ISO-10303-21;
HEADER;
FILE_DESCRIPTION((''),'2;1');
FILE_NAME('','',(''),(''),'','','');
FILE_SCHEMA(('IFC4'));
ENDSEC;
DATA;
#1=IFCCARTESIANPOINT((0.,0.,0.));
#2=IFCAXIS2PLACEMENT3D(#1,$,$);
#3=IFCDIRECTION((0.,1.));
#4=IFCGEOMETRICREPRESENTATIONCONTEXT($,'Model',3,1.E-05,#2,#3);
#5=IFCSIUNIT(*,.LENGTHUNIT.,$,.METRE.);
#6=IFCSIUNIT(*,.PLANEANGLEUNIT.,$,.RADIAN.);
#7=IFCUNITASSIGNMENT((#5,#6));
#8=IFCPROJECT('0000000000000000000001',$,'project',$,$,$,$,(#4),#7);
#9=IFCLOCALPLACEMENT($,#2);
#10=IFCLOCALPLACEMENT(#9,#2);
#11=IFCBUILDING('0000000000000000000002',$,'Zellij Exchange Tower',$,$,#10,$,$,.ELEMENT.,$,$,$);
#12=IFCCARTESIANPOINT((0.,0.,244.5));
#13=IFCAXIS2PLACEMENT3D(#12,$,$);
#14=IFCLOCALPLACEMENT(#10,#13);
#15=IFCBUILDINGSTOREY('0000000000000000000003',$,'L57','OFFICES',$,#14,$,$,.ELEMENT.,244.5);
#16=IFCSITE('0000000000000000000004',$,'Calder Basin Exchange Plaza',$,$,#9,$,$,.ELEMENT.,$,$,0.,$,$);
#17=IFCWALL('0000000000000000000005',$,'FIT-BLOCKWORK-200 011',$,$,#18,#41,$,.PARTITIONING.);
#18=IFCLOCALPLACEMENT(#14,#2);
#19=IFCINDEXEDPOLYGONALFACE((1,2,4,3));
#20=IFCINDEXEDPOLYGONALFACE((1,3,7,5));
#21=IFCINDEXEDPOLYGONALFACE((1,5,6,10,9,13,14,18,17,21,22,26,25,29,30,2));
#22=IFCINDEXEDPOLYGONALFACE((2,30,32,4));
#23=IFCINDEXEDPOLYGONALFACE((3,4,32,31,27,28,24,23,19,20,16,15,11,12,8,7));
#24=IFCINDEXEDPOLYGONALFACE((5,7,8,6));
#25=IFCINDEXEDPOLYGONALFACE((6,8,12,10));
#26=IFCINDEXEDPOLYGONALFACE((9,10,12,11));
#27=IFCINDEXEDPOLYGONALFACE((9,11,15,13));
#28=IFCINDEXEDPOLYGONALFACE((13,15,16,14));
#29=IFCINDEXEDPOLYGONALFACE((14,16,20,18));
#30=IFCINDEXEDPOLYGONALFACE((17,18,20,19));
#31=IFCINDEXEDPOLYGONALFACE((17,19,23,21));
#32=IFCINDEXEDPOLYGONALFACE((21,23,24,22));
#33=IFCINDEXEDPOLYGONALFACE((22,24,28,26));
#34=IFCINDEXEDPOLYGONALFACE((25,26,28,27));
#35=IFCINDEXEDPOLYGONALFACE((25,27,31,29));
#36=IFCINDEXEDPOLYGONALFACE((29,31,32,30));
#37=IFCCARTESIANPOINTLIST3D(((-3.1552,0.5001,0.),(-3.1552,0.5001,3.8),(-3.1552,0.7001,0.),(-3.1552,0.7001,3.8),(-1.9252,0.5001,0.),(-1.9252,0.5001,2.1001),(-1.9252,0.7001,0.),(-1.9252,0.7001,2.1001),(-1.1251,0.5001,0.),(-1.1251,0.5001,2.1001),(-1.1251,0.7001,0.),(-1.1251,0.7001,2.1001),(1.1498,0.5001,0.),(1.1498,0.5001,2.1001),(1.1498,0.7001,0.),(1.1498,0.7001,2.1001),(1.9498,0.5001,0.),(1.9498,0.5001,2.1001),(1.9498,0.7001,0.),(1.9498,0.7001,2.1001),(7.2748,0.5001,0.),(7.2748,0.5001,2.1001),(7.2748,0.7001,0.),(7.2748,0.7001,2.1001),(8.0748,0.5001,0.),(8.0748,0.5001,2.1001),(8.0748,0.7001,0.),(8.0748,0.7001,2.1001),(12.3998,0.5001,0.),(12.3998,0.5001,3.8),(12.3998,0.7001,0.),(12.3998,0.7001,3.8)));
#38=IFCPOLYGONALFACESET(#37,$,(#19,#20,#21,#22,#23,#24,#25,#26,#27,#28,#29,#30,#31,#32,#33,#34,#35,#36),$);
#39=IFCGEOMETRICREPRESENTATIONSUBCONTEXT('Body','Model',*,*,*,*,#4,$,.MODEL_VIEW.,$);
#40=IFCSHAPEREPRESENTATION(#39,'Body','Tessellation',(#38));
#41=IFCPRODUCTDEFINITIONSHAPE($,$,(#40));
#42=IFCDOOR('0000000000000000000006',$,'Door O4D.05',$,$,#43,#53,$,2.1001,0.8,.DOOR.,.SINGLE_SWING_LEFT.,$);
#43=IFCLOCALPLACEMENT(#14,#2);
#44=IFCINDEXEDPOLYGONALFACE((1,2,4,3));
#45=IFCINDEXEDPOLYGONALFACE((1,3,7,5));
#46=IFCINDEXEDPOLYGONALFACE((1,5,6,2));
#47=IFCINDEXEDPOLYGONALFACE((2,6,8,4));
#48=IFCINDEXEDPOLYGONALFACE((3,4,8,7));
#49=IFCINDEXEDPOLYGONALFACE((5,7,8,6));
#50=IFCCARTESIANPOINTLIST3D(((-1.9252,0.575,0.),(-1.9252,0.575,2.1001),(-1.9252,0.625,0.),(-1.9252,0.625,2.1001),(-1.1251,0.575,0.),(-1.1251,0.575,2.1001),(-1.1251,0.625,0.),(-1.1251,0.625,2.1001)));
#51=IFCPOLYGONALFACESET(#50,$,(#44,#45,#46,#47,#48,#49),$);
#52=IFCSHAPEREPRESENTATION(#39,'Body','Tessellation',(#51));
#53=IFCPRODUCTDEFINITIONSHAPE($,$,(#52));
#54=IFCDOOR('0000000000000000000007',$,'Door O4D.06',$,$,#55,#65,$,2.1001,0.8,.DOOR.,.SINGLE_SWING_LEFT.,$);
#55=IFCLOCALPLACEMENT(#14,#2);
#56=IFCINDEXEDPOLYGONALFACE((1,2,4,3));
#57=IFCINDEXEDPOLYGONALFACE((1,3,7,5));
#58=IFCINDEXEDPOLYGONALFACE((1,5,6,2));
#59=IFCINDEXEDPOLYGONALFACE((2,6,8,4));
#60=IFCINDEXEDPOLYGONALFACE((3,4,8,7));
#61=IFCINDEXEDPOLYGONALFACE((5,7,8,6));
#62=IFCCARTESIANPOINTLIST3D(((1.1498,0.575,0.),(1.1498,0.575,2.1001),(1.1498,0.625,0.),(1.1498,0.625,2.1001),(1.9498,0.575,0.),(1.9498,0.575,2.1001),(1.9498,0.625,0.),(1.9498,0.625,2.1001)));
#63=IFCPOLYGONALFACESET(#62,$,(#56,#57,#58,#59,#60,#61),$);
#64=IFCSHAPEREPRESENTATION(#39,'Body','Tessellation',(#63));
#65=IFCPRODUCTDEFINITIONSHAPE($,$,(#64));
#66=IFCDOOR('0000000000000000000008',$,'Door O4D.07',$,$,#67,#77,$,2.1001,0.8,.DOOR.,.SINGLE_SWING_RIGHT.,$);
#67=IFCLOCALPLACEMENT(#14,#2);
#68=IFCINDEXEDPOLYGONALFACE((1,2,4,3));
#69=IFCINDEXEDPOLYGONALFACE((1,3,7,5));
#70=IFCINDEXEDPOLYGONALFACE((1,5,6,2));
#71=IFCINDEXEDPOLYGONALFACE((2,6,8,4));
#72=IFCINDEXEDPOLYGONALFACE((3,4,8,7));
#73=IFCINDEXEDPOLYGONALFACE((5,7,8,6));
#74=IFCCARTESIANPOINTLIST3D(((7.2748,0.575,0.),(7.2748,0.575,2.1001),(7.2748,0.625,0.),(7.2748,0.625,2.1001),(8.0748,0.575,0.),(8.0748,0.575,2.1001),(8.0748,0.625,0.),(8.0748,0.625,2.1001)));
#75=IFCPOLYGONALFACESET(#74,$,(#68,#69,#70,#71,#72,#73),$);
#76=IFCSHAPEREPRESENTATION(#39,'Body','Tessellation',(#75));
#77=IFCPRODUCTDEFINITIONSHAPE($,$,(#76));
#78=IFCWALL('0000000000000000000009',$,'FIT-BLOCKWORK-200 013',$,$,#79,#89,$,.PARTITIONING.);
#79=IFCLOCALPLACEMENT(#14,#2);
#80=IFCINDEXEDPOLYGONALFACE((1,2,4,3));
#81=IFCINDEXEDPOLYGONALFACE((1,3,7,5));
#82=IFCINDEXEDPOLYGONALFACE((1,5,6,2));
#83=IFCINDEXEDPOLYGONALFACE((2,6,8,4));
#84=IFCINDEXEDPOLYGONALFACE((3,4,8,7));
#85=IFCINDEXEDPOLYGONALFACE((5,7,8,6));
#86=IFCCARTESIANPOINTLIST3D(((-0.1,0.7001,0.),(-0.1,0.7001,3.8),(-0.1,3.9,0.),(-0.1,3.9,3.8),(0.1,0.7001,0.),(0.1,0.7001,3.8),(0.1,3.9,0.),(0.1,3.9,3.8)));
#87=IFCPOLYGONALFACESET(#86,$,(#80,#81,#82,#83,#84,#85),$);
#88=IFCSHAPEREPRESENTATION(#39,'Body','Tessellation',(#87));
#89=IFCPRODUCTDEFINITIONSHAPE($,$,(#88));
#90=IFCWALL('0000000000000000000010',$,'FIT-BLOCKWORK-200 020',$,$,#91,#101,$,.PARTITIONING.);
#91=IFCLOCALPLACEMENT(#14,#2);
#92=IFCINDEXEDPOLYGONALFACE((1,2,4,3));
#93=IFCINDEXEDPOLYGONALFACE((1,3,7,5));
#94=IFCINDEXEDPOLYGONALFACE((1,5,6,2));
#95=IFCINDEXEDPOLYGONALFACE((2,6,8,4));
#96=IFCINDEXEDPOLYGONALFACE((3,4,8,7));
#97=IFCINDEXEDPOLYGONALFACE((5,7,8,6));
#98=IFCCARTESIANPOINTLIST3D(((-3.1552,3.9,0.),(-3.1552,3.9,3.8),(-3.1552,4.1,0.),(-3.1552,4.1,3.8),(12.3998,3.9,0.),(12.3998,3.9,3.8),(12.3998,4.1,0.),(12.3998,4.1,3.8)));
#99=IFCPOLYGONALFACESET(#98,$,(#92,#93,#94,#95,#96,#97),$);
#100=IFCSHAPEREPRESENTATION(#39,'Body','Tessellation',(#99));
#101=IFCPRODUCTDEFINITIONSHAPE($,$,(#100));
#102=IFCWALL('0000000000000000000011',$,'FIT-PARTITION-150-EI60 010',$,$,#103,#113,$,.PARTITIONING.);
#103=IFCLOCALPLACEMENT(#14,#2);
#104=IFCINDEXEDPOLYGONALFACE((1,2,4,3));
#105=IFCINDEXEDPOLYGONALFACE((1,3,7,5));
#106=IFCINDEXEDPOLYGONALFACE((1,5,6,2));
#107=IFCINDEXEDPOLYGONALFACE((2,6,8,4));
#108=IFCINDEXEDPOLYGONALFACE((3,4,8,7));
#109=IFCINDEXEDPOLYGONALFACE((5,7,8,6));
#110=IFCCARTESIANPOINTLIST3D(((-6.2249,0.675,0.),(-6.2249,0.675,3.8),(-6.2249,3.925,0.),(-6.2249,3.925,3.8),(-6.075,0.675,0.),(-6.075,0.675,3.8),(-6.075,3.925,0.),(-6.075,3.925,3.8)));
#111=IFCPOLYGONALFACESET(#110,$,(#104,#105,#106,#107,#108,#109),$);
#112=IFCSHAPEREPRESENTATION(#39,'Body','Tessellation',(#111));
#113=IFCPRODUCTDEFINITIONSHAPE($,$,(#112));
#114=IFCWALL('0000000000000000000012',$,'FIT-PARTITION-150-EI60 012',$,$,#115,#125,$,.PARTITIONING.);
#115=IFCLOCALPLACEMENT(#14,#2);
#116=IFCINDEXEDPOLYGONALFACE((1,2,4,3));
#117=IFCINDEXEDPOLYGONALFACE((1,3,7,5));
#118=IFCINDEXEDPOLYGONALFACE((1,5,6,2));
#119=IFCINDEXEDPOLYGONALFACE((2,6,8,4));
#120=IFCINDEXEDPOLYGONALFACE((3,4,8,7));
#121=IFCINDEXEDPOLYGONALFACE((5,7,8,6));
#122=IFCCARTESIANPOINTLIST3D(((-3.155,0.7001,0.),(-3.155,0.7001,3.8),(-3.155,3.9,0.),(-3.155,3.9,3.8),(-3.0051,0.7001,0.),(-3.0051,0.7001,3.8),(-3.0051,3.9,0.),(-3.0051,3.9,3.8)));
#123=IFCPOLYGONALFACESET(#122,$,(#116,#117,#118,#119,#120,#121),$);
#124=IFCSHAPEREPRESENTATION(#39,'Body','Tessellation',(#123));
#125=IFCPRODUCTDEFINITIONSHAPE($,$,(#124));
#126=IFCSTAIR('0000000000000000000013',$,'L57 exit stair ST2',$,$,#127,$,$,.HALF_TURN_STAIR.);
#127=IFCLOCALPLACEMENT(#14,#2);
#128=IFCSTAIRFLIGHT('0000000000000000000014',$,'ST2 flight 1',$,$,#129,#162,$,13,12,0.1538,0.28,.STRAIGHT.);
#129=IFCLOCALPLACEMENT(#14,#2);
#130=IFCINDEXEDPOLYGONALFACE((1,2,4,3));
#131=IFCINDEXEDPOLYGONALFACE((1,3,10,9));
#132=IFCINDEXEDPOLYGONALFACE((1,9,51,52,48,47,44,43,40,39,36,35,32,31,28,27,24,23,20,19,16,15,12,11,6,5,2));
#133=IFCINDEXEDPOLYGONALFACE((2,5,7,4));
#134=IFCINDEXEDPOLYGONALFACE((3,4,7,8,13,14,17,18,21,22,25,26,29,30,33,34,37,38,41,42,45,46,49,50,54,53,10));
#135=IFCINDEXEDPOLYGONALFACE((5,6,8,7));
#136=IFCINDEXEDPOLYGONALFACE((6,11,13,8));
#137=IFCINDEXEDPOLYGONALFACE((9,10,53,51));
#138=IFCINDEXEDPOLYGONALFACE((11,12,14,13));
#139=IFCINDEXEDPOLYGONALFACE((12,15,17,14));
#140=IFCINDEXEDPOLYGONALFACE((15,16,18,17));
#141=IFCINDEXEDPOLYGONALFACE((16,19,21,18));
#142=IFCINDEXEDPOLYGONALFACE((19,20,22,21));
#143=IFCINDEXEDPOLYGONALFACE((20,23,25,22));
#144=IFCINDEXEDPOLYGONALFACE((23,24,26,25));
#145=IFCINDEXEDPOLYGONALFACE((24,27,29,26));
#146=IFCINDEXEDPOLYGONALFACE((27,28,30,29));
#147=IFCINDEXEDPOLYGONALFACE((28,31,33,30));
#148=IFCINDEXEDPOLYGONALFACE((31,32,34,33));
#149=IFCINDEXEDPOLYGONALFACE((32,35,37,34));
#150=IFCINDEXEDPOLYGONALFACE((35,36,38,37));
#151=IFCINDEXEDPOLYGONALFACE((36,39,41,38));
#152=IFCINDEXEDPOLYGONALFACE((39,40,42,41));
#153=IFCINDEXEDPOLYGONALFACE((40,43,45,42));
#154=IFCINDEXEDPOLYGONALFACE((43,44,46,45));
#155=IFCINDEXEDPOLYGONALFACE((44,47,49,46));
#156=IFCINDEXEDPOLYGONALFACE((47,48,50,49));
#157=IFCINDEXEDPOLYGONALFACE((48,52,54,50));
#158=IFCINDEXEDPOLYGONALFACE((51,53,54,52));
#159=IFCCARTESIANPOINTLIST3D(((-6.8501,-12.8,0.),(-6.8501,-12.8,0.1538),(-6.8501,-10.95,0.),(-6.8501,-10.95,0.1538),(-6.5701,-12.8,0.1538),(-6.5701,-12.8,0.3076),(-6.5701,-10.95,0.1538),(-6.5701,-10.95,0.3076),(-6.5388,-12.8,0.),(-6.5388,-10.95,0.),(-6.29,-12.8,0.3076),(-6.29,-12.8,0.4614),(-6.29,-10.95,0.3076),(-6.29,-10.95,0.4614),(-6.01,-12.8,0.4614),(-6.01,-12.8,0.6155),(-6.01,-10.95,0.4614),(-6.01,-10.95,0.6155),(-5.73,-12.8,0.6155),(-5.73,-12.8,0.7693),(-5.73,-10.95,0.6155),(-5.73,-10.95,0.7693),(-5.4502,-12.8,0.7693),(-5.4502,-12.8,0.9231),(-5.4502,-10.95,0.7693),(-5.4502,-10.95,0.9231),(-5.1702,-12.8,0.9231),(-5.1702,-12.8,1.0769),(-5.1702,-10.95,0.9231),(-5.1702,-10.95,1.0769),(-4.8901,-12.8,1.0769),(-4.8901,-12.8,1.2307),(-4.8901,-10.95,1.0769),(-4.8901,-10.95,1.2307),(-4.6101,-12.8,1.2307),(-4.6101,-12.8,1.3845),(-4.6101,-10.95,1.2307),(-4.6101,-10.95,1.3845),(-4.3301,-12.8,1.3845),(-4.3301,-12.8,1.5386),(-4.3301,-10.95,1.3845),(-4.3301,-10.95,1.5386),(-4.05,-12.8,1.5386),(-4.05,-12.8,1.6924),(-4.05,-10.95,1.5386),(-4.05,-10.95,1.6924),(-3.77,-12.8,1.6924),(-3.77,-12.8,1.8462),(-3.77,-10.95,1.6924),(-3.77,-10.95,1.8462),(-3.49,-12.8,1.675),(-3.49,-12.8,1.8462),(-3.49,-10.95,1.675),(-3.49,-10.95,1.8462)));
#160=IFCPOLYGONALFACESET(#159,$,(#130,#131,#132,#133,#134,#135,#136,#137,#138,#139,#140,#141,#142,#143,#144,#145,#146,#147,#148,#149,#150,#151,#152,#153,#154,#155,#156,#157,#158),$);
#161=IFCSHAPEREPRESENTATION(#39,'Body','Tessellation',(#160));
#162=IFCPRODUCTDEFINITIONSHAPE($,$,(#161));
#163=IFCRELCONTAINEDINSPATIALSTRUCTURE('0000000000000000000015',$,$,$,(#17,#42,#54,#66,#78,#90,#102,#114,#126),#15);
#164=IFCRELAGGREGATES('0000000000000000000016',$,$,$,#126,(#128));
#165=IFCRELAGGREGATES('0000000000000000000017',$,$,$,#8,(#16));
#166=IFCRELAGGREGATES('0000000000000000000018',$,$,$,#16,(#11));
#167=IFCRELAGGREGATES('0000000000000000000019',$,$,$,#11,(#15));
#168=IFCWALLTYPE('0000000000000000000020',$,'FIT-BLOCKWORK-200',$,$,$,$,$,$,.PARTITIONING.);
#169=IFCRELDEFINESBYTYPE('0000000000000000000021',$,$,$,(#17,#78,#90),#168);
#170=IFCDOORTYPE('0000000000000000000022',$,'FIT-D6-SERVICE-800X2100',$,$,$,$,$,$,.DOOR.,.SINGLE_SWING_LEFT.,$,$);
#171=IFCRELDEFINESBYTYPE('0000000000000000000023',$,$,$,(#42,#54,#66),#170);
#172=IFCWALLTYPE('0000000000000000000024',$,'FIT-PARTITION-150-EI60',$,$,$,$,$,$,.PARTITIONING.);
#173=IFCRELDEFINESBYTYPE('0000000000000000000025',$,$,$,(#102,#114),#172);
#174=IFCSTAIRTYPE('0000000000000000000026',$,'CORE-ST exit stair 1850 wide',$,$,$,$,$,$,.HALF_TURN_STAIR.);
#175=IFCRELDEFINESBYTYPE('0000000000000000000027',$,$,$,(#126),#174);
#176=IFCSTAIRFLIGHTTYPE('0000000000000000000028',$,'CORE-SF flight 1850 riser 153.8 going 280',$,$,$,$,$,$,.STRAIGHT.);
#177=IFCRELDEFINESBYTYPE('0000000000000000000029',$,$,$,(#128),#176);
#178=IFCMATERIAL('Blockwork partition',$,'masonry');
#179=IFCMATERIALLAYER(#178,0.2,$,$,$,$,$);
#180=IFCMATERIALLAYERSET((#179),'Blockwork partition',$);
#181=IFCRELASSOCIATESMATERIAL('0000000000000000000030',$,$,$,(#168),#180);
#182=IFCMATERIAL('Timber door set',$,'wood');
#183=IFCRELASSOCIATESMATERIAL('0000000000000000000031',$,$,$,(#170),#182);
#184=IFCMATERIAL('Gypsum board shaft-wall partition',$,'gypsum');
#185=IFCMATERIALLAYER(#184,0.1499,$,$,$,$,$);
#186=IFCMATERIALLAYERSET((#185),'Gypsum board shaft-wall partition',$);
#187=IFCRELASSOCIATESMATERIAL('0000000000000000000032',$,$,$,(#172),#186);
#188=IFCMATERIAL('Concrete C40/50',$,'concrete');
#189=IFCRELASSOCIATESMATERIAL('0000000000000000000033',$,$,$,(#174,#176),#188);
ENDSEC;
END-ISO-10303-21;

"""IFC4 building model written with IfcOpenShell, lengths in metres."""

from ifc_helpers import new_model, si_unit, direction, frame, frame_2d, origin, place, context, subcontext, project, spatial, polyline, rectangle, outline, extrude, material, layer, layer_set, type_object, element, fill, aggregate, save


model = new_model("IFC4")

# Units and contexts
model_context = context("Model", 3, precision=1e-05, world=origin(), true_north=direction((0.0, 1.0)))
body_context = subcontext(model_context, "Body", "Model", "MODEL_VIEW")
ifc_project = project(units=[si_unit("LENGTHUNIT", "METRE"), si_unit("PLANEANGLEUNIT", "RADIAN")], contexts=[model_context])

# Site, building, storey
site_placement = place(None, origin())
site = spatial("IfcSite", under=ifc_project, at=site_placement, Name="Calder Basin Exchange Plaza", CompositionType="ELEMENT", RefElevation=0.0)
building_placement = place(site_placement, origin())
building = spatial("IfcBuilding", under=site, at=building_placement, Name="Zellij Exchange Tower", CompositionType="ELEMENT")
storey_placement = place(building_placement, frame((0.0, 0.0, 244.5)))
storey = spatial("IfcBuildingStorey", under=building, at=storey_placement, Name="L57", Description="OFFICES", CompositionType="ELEMENT", Elevation=244.5)

# Shared definitions
ifc_material_1 = material(Name="Concrete C40/50", Category="concrete")

# Wall, openings, doors
ifc_material_2 = material(Name="Blockwork partition", Category="masonry")
ifc_layer_1 = layer(ifc_material_2, 0.2)
ifc_layer_set_1 = layer_set([ifc_layer_1], Name="Blockwork partition")
wall_type_1 = type_object("IfcWallType", Name="FIT-BLOCKWORK-200", PredefinedType="PARTITIONING", material=ifc_layer_set_1)
wall_1_placement = place(storey_placement, frame((-3.155, 0.6001, 0.0), z_axis=(0.0, 0.0, 1.0), x_axis=(1.0, 0.0, 0.0)))
wall_1 = element("IfcWall", 1, at=wall_1_placement, inside=storey, type_object=wall_type_1, Name="FIT-BLOCKWORK-200 011", PredefinedType="PARTITIONING", context=body_context, shape_type="SweptSolid", body=[
    extrude(rectangle(XDim=15.5549, YDim=0.2, at=frame_2d((7.7773, 0.0))), origin(), (0.0, 0.0, 1.0), 3.8),
])
opening_1_placement = place(wall_1_placement, frame((1.23, 0.0, 0.0)))
opening_1 = element("IfcOpeningElement", 2, at=opening_1_placement, cuts=wall_1, PredefinedType="OPENING", context=body_context, shape_type="SweptSolid", body=[
    extrude(rectangle(XDim=0.8, YDim=2.1001, at=frame_2d((0.3999, 1.05))), frame((0.0, 0.1118, 0.0), z_axis=(0.0, -1.0, 0.0), x_axis=(1.0, 0.0, 0.0)), (0.0, 0.0, 1.0), 0.2239),
])
opening_2_placement = place(wall_1_placement, frame((4.3049, 0.0, 0.0)))
opening_2 = element("IfcOpeningElement", 3, at=opening_2_placement, cuts=wall_1, PredefinedType="OPENING", context=body_context, shape_type="SweptSolid", body=[
    extrude(rectangle(XDim=0.8, YDim=2.1001, at=frame_2d((0.3999, 1.05))), frame((0.0, 0.1118, 0.0), z_axis=(0.0, -1.0, 0.0), x_axis=(1.0, 0.0, 0.0)), (0.0, 0.0, 1.0), 0.2239),
])
opening_3_placement = place(wall_1_placement, frame((10.4299, 0.0, 0.0)))
opening_3 = element("IfcOpeningElement", 4, at=opening_3_placement, cuts=wall_1, PredefinedType="OPENING", context=body_context, shape_type="SweptSolid", body=[
    extrude(rectangle(XDim=0.8, YDim=2.1001, at=frame_2d((0.3999, 1.05))), frame((0.0, 0.1118, 0.0), z_axis=(0.0, -1.0, 0.0), x_axis=(1.0, 0.0, 0.0)), (0.0, 0.0, 1.0), 0.2239),
])
ifc_material_3 = material(Name="Timber door set", Category="wood")
door_type_1 = type_object("IfcDoorType", Name="FIT-D6-SERVICE-800X2100", OperationType="SINGLE_SWING_LEFT", PredefinedType="DOOR", material=ifc_material_3)
door_1_placement = place(opening_1_placement, origin())
door_1 = element("IfcDoor", 5, at=door_1_placement, inside=storey, type_object=door_type_1, Name="Door O4D.05", OperationType="SINGLE_SWING_LEFT", OverallHeight=2.1001, OverallWidth=0.8, PredefinedType="DOOR", context=body_context, shape_type="SweptSolid", body=[
    extrude(rectangle(XDim=0.8, YDim=2.1001, at=frame_2d((0.3999, 1.05))), frame((0.0, 0.0249, 0.0), z_axis=(0.0, -1.0, 0.0), x_axis=(1.0, 0.0, 0.0)), (0.0, 0.0, 1.0), 0.05),
])
fill(opening_1, door_1)
door_2_placement = place(opening_2_placement, origin())
door_2 = element("IfcDoor", 6, at=door_2_placement, inside=storey, type_object=door_type_1, Name="Door O4D.06", OperationType="SINGLE_SWING_LEFT", OverallHeight=2.1001, OverallWidth=0.8, PredefinedType="DOOR", context=body_context, shape_type="SweptSolid", body=[
    extrude(rectangle(XDim=0.8, YDim=2.1001, at=frame_2d((0.3999, 1.05))), frame((0.0, 0.0249, 0.0), z_axis=(0.0, -1.0, 0.0), x_axis=(1.0, 0.0, 0.0)), (0.0, 0.0, 1.0), 0.05),
])
fill(opening_2, door_2)
door_3_placement = place(opening_3_placement, origin())
door_3 = element("IfcDoor", 7, at=door_3_placement, inside=storey, type_object=door_type_1, Name="Door O4D.07", OperationType="SINGLE_SWING_RIGHT", OverallHeight=2.1001, OverallWidth=0.8, PredefinedType="DOOR", context=body_context, shape_type="SweptSolid", body=[
    extrude(rectangle(XDim=0.8, YDim=2.1001, at=frame_2d((0.3999, 1.05))), frame((0.0, 0.0249, 0.0), z_axis=(0.0, -1.0, 0.0), x_axis=(1.0, 0.0, 0.0)), (0.0, 0.0, 1.0), 0.05),
])
fill(opening_3, door_3)

# Walls
wall_2_placement = place(storey_placement, frame((0.0, 0.7, 0.0), z_axis=(0.0, 0.0, 1.0), x_axis=(0.0, 1.0, 0.0)))
element("IfcWall", 8, at=wall_2_placement, inside=storey, type_object=wall_type_1, Name="FIT-BLOCKWORK-200 013", PredefinedType="PARTITIONING", context=body_context, shape_type="SweptSolid", body=[
    extrude(rectangle(XDim=3.2, YDim=0.2, at=frame_2d((1.6001, 0.0))), origin(), (0.0, 0.0, 1.0), 3.8),
])
wall_3_placement = place(storey_placement, frame((-3.155, 4.0, 0.0), z_axis=(0.0, 0.0, 1.0), x_axis=(1.0, 0.0, 0.0)))
element("IfcWall", 9, at=wall_3_placement, inside=storey, type_object=wall_type_1, Name="FIT-BLOCKWORK-200 020", PredefinedType="PARTITIONING", context=body_context, shape_type="SweptSolid", body=[
    extrude(rectangle(XDim=15.5549, YDim=0.2, at=frame_2d((7.7773, 0.0))), origin(), (0.0, 0.0, 1.0), 3.8),
])
ifc_material_4 = material(Name="Gypsum board shaft-wall partition", Category="gypsum")
ifc_layer_2 = layer(ifc_material_4, 0.1499)
ifc_layer_set_2 = layer_set([ifc_layer_2], Name="Gypsum board shaft-wall partition")
wall_type_2 = type_object("IfcWallType", Name="FIT-PARTITION-150-EI60", PredefinedType="PARTITIONING", material=ifc_layer_set_2)
wall_4_placement = place(storey_placement, frame((-6.1499, 0.675, 0.0), z_axis=(0.0, 0.0, 1.0), x_axis=(0.0, 1.0, 0.0)))
element("IfcWall", 10, at=wall_4_placement, inside=storey, type_object=wall_type_2, Name="FIT-PARTITION-150-EI60 010", PredefinedType="PARTITIONING", context=body_context, shape_type="SweptSolid", body=[
    extrude(rectangle(XDim=3.25, YDim=0.1499, at=frame_2d((1.625, 0.0))), origin(), (0.0, 0.0, 1.0), 3.8),
])
wall_5_placement = place(storey_placement, frame((-3.0801, 0.7, 0.0), z_axis=(0.0, 0.0, 1.0), x_axis=(0.0, 1.0, 0.0)))
element("IfcWall", 11, at=wall_5_placement, inside=storey, type_object=wall_type_2, Name="FIT-PARTITION-150-EI60 012", PredefinedType="PARTITIONING", context=body_context, shape_type="SweptSolid", body=[
    extrude(rectangle(XDim=3.2, YDim=0.1499, at=frame_2d((1.6001, 0.0))), origin(), (0.0, 0.0, 1.0), 3.8),
])

# Stair, stair flight
stair_type = type_object("IfcStairType", Name="CORE-ST exit stair 1850 wide", PredefinedType="HALF_TURN_STAIR", material=ifc_material_1)
stair_placement = place(storey_placement, origin())
stair = element("IfcStair", 12, at=stair_placement, inside=storey, type_object=stair_type, Name="L57 exit stair ST2", PredefinedType="HALF_TURN_STAIR")
stair_flight_type = type_object("IfcStairFlightType", Name="CORE-SF flight 1850 riser 153.8 going 280", PredefinedType="STRAIGHT", material=ifc_material_1)
stair_flight_1_placement = place(storey_placement, frame((-6.8501, -11.875, 0.0), z_axis=(0.0, 0.0, 1.0), x_axis=(1.0, 0.0, 0.0)))
stair_flight_1 = element("IfcStairFlight", 13, at=stair_flight_1_placement, type_object=stair_flight_type, Name="ST2 flight 1", NumberOfRisers=13, NumberOfTreads=12, PredefinedType="STRAIGHT", RiserHeight=0.1538, TreadLength=0.28, context=body_context, shape_type="SweptSolid", body=[
    extrude(outline(polyline([(0.0, 0.0), (0.0, 0.1538), (0.28, 0.1538), (0.28, 0.3076), (0.5601, 0.3076), (0.5601, 0.4614), (0.8401, 0.4614), (0.8401, 0.6155), (1.1201, 0.6155), (1.1201, 0.7693), (1.3999, 0.7693), (1.3999, 0.9231), (1.6799, 0.9231), (1.6799, 1.0769), (1.96, 1.0769), (1.96, 1.2307), (2.24, 1.2307), (2.24, 1.3845), (2.52, 1.3845), (2.52, 1.5386), (2.8, 1.5386), (2.8, 1.6924), (3.0801, 1.6924), (3.0801, 1.8462), (3.3601, 1.8462), (3.3601, 2.0), (3.3601, 1.675), (0.3113, 0.0), (0.0, 0.0)])), frame((0.0, 0.925, 0.0), z_axis=(0.0, -1.0, 0.0), x_axis=(1.0, 0.0, 0.0)), (0.0, 0.0, 1.0), 1.8501),
])
aggregate(stair, [stair_flight_1])

save(model, "model.ifc")
